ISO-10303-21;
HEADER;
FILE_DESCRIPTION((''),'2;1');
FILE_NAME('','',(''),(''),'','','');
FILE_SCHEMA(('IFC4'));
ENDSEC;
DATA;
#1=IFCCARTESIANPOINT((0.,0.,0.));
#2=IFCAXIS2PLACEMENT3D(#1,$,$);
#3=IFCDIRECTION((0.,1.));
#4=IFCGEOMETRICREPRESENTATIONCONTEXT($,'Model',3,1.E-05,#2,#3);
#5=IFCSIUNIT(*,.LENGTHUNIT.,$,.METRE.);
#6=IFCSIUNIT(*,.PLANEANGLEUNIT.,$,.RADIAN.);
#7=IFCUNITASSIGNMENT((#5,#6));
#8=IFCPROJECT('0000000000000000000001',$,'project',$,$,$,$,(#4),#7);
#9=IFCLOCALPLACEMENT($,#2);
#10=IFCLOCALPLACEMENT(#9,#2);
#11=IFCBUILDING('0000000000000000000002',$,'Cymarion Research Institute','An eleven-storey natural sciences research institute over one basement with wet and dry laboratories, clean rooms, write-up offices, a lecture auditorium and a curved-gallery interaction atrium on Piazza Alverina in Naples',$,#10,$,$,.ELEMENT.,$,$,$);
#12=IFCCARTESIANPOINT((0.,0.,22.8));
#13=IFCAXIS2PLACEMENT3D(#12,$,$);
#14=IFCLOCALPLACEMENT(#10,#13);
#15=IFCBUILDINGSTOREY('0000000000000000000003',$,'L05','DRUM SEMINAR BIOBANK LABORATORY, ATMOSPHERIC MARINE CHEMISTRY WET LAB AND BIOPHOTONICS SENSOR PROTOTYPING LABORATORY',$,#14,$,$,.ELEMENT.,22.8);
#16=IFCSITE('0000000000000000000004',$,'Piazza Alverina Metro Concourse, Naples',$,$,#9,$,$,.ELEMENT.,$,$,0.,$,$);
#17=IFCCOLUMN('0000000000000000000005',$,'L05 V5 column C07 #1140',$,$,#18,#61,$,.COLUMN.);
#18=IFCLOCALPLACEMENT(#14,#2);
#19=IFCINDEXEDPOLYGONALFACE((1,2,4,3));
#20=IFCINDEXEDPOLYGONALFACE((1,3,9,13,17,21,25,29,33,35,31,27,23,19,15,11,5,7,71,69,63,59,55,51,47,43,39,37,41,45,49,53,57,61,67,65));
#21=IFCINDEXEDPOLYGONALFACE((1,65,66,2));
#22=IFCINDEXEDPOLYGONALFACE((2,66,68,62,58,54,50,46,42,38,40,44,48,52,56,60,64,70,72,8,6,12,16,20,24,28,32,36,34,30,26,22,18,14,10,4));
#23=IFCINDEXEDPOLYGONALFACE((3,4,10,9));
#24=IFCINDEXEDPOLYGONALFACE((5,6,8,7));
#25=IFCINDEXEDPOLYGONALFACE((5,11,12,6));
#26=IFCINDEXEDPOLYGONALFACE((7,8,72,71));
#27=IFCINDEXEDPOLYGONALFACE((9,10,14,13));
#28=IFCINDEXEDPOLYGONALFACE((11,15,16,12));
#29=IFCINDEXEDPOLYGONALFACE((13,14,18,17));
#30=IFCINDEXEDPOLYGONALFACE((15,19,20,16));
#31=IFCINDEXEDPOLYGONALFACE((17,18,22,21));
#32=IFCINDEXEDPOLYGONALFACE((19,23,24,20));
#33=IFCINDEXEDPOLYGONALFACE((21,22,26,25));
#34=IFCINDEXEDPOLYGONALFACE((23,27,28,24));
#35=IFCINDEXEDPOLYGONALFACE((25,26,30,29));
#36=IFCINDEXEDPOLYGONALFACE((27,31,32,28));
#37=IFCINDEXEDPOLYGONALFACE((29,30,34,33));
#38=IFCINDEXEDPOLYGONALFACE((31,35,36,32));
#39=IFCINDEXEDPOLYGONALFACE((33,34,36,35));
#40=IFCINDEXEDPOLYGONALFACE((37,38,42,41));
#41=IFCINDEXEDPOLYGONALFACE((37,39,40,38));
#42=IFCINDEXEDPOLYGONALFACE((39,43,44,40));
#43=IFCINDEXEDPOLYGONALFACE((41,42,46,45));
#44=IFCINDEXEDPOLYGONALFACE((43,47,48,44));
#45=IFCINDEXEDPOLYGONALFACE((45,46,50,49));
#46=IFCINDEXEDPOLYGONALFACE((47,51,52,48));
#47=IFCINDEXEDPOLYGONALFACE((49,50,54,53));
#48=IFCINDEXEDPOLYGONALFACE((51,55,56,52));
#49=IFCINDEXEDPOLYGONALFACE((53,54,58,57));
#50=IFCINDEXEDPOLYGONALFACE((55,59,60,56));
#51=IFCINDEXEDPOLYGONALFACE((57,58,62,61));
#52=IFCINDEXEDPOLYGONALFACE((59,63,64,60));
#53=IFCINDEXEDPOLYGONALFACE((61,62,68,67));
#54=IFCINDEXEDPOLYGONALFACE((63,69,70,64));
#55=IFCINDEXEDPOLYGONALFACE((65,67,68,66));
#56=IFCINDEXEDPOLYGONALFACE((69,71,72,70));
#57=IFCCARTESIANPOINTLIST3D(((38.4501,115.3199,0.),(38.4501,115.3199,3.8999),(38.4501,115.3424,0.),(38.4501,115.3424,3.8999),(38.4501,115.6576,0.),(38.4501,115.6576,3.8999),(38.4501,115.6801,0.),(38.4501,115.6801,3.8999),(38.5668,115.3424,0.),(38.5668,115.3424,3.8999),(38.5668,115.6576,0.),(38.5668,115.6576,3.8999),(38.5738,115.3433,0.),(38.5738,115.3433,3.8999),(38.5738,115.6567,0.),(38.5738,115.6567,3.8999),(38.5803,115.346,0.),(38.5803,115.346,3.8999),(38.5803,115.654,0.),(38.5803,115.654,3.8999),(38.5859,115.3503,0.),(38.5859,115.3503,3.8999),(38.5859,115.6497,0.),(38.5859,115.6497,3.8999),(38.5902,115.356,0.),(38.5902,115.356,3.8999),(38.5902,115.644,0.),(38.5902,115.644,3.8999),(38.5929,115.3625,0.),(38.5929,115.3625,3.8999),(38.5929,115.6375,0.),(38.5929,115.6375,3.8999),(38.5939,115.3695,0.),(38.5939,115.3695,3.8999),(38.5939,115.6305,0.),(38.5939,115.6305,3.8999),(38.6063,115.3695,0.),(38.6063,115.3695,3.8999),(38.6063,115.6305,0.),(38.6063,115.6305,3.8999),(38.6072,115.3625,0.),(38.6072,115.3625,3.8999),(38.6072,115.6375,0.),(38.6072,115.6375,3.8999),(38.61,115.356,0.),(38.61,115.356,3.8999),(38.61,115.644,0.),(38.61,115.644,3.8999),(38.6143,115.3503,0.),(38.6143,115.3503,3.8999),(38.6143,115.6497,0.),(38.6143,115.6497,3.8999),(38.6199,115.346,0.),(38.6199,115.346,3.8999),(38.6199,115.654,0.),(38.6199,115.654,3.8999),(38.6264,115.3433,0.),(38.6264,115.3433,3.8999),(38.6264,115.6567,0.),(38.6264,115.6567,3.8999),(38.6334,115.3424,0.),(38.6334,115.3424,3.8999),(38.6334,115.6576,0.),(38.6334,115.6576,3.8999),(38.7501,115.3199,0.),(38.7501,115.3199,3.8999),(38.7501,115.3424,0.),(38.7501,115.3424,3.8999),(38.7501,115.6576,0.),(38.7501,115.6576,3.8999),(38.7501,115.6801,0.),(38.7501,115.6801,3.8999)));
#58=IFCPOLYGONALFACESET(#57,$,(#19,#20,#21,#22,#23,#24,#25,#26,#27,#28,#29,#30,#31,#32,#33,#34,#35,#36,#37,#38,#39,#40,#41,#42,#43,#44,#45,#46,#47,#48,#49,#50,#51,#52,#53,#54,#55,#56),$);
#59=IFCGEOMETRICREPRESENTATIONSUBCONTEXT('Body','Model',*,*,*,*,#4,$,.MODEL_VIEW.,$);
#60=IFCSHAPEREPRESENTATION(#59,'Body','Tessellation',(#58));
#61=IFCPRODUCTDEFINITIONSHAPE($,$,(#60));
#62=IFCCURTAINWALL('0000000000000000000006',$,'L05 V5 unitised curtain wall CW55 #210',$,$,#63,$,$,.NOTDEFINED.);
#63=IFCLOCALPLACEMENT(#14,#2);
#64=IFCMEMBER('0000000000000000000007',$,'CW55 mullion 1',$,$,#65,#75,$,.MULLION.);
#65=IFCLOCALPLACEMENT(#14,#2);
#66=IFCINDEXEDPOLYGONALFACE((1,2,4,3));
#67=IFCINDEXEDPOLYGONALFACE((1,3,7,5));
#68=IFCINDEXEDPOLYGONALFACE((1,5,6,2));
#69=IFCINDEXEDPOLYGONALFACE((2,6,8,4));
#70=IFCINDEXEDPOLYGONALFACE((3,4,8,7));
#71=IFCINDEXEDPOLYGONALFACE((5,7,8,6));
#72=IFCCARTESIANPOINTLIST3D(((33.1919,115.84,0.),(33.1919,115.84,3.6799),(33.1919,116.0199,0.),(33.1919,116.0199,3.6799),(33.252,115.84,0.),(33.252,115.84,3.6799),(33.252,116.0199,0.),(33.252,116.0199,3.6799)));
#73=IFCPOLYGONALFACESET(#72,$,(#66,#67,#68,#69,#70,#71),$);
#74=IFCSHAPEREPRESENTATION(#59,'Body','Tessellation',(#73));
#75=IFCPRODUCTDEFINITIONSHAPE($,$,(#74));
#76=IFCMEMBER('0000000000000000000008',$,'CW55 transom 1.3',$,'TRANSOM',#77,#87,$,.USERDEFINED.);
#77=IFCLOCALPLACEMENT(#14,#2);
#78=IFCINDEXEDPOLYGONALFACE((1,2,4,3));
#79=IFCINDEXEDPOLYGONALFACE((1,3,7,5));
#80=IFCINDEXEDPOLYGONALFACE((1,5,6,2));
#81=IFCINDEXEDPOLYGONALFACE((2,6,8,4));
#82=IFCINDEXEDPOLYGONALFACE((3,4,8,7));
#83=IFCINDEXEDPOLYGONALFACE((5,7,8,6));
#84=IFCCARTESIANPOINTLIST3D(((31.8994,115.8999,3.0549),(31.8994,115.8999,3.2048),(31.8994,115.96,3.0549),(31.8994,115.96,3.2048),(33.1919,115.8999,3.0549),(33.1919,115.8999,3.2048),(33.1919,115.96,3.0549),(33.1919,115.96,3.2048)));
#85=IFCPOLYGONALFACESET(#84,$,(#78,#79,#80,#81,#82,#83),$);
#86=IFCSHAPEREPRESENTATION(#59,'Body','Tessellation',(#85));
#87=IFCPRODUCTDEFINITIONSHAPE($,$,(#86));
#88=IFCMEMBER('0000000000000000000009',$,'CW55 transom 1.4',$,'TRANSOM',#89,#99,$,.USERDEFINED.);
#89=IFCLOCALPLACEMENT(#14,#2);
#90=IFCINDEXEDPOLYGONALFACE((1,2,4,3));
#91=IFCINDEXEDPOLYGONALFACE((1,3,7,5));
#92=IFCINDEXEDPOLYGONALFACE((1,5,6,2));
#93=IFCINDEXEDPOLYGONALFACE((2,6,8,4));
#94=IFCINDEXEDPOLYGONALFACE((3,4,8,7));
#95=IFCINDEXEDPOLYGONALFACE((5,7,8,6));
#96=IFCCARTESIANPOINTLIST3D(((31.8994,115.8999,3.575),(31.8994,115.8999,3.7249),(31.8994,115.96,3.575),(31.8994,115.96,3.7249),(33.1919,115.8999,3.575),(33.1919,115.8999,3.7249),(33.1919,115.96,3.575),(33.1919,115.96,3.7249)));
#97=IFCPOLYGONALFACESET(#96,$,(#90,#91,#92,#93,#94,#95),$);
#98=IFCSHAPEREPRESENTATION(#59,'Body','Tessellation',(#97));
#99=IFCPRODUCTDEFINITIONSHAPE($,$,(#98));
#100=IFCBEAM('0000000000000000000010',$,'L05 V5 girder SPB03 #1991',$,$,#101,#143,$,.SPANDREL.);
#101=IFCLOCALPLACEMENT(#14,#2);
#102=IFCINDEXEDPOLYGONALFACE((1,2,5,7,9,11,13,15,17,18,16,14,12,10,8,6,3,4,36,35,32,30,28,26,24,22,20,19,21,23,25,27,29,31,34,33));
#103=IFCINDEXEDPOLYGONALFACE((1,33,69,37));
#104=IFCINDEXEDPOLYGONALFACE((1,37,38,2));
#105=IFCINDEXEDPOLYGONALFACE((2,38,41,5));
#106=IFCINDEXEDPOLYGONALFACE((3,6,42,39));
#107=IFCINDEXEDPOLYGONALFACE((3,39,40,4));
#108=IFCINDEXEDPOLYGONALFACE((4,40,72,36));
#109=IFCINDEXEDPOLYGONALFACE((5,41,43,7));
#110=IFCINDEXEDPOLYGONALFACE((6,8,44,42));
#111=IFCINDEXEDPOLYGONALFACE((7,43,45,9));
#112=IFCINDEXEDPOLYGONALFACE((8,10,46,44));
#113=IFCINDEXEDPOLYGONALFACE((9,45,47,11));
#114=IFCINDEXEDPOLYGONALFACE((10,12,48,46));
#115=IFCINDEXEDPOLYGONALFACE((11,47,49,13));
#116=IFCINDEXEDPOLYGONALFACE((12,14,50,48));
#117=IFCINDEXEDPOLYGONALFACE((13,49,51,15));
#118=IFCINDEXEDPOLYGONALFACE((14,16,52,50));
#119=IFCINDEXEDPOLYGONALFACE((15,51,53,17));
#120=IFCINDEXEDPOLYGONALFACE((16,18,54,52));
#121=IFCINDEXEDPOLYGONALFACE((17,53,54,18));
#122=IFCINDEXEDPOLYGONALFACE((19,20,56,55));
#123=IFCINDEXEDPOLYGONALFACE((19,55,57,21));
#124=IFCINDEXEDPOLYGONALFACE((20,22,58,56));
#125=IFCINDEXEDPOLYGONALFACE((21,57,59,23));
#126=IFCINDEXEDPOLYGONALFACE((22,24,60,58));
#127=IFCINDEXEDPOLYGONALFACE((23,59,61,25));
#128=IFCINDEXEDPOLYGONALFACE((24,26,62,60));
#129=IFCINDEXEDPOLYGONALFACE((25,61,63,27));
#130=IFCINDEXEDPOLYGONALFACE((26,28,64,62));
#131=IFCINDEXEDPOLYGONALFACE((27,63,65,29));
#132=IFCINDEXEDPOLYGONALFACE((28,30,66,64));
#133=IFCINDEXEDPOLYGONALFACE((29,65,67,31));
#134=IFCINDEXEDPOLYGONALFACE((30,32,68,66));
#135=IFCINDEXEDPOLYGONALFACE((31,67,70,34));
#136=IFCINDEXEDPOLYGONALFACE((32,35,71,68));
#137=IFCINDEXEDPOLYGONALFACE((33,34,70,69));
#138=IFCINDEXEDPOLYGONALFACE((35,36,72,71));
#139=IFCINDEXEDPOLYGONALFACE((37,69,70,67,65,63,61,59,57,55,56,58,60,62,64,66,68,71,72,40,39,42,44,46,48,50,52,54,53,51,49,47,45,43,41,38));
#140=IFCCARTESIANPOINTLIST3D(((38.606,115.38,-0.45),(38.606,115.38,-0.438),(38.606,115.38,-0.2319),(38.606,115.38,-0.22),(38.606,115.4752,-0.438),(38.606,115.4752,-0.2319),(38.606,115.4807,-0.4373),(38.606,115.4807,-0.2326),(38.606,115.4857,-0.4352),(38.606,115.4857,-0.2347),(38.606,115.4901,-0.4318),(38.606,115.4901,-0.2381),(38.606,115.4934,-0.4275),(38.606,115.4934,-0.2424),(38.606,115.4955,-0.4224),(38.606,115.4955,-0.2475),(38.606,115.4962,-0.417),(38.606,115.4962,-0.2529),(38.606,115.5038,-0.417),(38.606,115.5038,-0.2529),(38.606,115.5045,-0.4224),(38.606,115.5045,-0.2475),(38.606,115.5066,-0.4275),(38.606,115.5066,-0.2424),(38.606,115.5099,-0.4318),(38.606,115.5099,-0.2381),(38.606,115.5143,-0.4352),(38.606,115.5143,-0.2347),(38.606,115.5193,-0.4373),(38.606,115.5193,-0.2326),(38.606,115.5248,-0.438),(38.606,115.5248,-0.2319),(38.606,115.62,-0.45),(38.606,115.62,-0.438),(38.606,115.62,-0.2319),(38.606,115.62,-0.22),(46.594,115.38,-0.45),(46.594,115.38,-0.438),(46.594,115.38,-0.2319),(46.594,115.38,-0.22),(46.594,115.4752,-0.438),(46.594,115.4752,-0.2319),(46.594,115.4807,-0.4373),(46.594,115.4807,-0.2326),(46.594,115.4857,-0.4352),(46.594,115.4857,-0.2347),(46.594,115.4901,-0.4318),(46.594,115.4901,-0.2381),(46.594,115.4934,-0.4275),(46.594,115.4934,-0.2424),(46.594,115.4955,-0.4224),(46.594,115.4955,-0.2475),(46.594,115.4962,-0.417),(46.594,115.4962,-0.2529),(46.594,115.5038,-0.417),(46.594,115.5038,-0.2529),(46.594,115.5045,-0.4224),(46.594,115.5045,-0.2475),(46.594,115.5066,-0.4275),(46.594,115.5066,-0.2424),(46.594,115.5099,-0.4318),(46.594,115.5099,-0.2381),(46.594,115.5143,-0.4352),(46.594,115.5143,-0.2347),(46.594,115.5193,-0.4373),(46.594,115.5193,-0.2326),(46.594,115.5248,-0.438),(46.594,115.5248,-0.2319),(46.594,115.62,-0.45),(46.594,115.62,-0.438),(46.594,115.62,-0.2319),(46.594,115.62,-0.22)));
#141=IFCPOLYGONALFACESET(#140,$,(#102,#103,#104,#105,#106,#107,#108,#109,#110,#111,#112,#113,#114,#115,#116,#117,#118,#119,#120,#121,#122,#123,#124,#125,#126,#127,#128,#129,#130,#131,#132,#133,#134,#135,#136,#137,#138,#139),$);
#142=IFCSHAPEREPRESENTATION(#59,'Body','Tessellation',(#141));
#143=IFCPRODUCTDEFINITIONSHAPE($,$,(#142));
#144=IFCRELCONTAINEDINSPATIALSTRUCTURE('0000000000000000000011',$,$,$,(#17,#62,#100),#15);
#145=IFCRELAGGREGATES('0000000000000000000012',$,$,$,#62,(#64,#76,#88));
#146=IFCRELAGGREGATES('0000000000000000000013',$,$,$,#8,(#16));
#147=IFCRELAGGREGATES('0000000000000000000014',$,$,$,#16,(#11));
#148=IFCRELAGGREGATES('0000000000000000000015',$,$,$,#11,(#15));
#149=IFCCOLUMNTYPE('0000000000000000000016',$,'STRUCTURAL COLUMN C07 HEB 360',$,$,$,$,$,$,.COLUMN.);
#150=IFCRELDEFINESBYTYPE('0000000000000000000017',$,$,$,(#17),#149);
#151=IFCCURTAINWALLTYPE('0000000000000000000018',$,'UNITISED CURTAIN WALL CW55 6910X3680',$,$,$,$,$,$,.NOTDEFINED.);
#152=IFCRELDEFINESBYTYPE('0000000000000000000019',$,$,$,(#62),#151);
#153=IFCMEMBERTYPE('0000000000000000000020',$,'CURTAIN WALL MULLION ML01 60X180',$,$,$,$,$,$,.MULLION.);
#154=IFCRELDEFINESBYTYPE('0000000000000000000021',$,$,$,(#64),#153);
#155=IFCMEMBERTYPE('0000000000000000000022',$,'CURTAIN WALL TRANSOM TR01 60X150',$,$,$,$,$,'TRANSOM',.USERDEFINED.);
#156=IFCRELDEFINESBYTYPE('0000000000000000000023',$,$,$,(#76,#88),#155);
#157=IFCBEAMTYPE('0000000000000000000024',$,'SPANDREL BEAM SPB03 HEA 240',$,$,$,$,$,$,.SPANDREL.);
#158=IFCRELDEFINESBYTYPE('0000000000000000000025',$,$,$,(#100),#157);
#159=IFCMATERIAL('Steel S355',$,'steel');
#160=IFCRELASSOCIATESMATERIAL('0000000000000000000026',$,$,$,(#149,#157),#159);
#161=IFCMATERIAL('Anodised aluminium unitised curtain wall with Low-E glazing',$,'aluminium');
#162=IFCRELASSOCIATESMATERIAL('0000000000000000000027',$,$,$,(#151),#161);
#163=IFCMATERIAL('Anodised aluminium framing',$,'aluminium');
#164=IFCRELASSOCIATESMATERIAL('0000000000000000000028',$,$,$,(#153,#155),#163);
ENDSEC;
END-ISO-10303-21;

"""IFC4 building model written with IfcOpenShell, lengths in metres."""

from ifc_helpers import new_model, si_unit, direction, frame, origin, origin_2d, place, context, subcontext, project, spatial, rectangle, i_section, extrude, material, material_profile, profile_set, type_object, element, aggregate, save


model = new_model("IFC4")

# Units and contexts
model_context = context("Model", 3, precision=1e-05, world=origin(), true_north=direction((0.0, 1.0)))
body_context = subcontext(model_context, "Body", "Model", "MODEL_VIEW")
ifc_project = project(units=[si_unit("LENGTHUNIT", "METRE"), si_unit("PLANEANGLEUNIT", "RADIAN")], contexts=[model_context])

# Site, building, storey
site_placement = place(None, origin())
site = spatial("IfcSite", under=ifc_project, at=site_placement, Name="Piazza Alverina Metro Concourse, Naples", CompositionType="ELEMENT", RefElevation=0.0)
building_placement = place(site_placement, origin())
building = spatial("IfcBuilding", under=site, at=building_placement, Name="Cymarion Research Institute", Description="An eleven-storey natural sciences research institute over one basement with wet and dry laboratories, clean rooms, write-up offices, a lecture auditorium and a curved-gallery interaction atrium on Piazza Alverina in Naples", CompositionType="ELEMENT")
storey_placement = place(building_placement, frame((0.0, 0.0, 22.8)))
storey = spatial("IfcBuildingStorey", under=building, at=storey_placement, Name="L05", Description="DRUM SEMINAR BIOBANK LABORATORY, ATMOSPHERIC MARINE CHEMISTRY WET LAB AND BIOPHOTONICS SENSOR PROTOTYPING LABORATORY", CompositionType="ELEMENT", Elevation=22.8)

# Column
ifc_material_1 = material(Name="Steel S355", Category="steel")
ifc_material_profile_1 = material_profile(ifc_material_1, i_section(OverallWidth=0.3, OverallDepth=0.3601, WebThickness=0.0125, FlangeThickness=0.0225, FilletRadius=0.0271, at=origin_2d()), Name="HEB 360")
ifc_profile_set_1 = profile_set([ifc_material_profile_1], Name="Steel S355")
column_type = type_object("IfcColumnType", Name="STRUCTURAL COLUMN C07 HEB 360", PredefinedType="COLUMN", material=ifc_profile_set_1)
column_placement = place(storey_placement, frame((38.6001, 115.5, 0.0), z_axis=(0.0, 0.0, 1.0), x_axis=(1.0, 0.0, 0.0)))
element("IfcColumn", 1, at=column_placement, inside=storey, type_object=column_type, Name="L05 V5 column C07 #1140", PredefinedType="COLUMN", context=body_context, shape_type="SweptSolid", body=[
    extrude(i_section(OverallWidth=0.3, OverallDepth=0.3601, WebThickness=0.0125, FlangeThickness=0.0225, FilletRadius=0.0271, at=origin_2d()), origin(), (0.0, 0.0, 1.0), 3.8999),
])

# Curtain wall, members
ifc_material_2 = material(Name="Anodised aluminium unitised curtain wall with Low-E glazing", Category="aluminium")
curtain_wall_type = type_object("IfcCurtainWallType", Name="UNITISED CURTAIN WALL CW55 6910X3680", PredefinedType="NOTDEFINED", material=ifc_material_2)
curtain_wall_placement = place(storey_placement, origin())
curtain_wall = element("IfcCurtainWall", 2, at=curtain_wall_placement, inside=storey, type_object=curtain_wall_type, Name="L05 V5 unitised curtain wall CW55 #210", PredefinedType="NOTDEFINED")
ifc_material_3 = material(Name="Anodised aluminium framing", Category="aluminium")
ifc_material_profile_2 = material_profile(ifc_material_3, rectangle(XDim=0.0601, YDim=0.1799, at=origin_2d()), Name="ALU MULLION 60x180")
ifc_profile_set_2 = profile_set([ifc_material_profile_2], Name="Anodised aluminium framing")
member_type_1 = type_object("IfcMemberType", Name="CURTAIN WALL MULLION ML01 60X180", PredefinedType="MULLION", material=ifc_profile_set_2)
member_1_placement = place(storey_placement, frame((33.2219, 115.9299, 0.0), z_axis=(0.0, 0.0, 1.0), x_axis=(-1.0, 0.0, 0.0)))
member_1 = element("IfcMember", 3, at=member_1_placement, type_object=member_type_1, Name="CW55 mullion 1", PredefinedType="MULLION", context=body_context, shape_type="SweptSolid", body=[
    extrude(rectangle(XDim=0.0601, YDim=0.1799, at=origin_2d()), origin(), (0.0, 0.0, 1.0), 3.6799),
])
ifc_material_profile_3 = material_profile(ifc_material_3, rectangle(XDim=0.0601, YDim=0.1499, at=origin_2d()), Name="ALU TRANSOM 60x150")
ifc_profile_set_3 = profile_set([ifc_material_profile_3], Name="Anodised aluminium framing")
member_type_2 = type_object("IfcMemberType", Name="CURTAIN WALL TRANSOM TR01 60X150", ElementType="TRANSOM", PredefinedType="USERDEFINED", material=ifc_profile_set_3)
member_2_placement = place(storey_placement, frame((33.1919, 115.9299, 3.1299), z_axis=(-1.0, 0.0, 0.0), x_axis=(0.0, -1.0, 0.0)))
member_2 = element("IfcMember", 4, at=member_2_placement, type_object=member_type_2, Name="CW55 transom 1.3", ObjectType="TRANSOM", PredefinedType="USERDEFINED", context=body_context, shape_type="SweptSolid", body=[
    extrude(rectangle(XDim=0.0601, YDim=0.1499, at=origin_2d()), origin(), (0.0, 0.0, 1.0), 1.2925),
])
member_3_placement = place(storey_placement, frame((33.1919, 115.9299, 3.6499), z_axis=(-1.0, 0.0, 0.0), x_axis=(0.0, -1.0, 0.0)))
member_3 = element("IfcMember", 5, at=member_3_placement, type_object=member_type_2, Name="CW55 transom 1.4", ObjectType="TRANSOM", PredefinedType="USERDEFINED", context=body_context, shape_type="SweptSolid", body=[
    extrude(rectangle(XDim=0.0601, YDim=0.1499, at=origin_2d()), origin(), (0.0, 0.0, 1.0), 1.2925),
])
aggregate(curtain_wall, [member_1, member_2, member_3])

# Beam
ifc_material_profile_4 = material_profile(ifc_material_1, i_section(OverallWidth=0.24, OverallDepth=0.23, WebThickness=0.0076, FlangeThickness=0.012, FilletRadius=0.021, at=origin_2d()), Name="HEA 240")
ifc_profile_set_4 = profile_set([ifc_material_profile_4], Name="Steel S355")
beam_type = type_object("IfcBeamType", Name="SPANDREL BEAM SPB03 HEA 240", PredefinedType="SPANDREL", material=ifc_profile_set_4)
beam_placement = place(storey_placement, frame((38.606, 115.5, -0.335), z_axis=(1.0, 0.0, 0.0), x_axis=(0.0, 1.0, 0.0)))
element("IfcBeam", 6, at=beam_placement, inside=storey, type_object=beam_type, Name="L05 V5 girder SPB03 #1991", PredefinedType="SPANDREL", context=body_context, shape_type="SweptSolid", body=[
    extrude(i_section(OverallWidth=0.24, OverallDepth=0.23, WebThickness=0.0076, FlangeThickness=0.012, FilletRadius=0.021, at=origin_2d()), origin(), (0.0, 0.0, 1.0), 7.988),
])

save(model, "model.ifc")
